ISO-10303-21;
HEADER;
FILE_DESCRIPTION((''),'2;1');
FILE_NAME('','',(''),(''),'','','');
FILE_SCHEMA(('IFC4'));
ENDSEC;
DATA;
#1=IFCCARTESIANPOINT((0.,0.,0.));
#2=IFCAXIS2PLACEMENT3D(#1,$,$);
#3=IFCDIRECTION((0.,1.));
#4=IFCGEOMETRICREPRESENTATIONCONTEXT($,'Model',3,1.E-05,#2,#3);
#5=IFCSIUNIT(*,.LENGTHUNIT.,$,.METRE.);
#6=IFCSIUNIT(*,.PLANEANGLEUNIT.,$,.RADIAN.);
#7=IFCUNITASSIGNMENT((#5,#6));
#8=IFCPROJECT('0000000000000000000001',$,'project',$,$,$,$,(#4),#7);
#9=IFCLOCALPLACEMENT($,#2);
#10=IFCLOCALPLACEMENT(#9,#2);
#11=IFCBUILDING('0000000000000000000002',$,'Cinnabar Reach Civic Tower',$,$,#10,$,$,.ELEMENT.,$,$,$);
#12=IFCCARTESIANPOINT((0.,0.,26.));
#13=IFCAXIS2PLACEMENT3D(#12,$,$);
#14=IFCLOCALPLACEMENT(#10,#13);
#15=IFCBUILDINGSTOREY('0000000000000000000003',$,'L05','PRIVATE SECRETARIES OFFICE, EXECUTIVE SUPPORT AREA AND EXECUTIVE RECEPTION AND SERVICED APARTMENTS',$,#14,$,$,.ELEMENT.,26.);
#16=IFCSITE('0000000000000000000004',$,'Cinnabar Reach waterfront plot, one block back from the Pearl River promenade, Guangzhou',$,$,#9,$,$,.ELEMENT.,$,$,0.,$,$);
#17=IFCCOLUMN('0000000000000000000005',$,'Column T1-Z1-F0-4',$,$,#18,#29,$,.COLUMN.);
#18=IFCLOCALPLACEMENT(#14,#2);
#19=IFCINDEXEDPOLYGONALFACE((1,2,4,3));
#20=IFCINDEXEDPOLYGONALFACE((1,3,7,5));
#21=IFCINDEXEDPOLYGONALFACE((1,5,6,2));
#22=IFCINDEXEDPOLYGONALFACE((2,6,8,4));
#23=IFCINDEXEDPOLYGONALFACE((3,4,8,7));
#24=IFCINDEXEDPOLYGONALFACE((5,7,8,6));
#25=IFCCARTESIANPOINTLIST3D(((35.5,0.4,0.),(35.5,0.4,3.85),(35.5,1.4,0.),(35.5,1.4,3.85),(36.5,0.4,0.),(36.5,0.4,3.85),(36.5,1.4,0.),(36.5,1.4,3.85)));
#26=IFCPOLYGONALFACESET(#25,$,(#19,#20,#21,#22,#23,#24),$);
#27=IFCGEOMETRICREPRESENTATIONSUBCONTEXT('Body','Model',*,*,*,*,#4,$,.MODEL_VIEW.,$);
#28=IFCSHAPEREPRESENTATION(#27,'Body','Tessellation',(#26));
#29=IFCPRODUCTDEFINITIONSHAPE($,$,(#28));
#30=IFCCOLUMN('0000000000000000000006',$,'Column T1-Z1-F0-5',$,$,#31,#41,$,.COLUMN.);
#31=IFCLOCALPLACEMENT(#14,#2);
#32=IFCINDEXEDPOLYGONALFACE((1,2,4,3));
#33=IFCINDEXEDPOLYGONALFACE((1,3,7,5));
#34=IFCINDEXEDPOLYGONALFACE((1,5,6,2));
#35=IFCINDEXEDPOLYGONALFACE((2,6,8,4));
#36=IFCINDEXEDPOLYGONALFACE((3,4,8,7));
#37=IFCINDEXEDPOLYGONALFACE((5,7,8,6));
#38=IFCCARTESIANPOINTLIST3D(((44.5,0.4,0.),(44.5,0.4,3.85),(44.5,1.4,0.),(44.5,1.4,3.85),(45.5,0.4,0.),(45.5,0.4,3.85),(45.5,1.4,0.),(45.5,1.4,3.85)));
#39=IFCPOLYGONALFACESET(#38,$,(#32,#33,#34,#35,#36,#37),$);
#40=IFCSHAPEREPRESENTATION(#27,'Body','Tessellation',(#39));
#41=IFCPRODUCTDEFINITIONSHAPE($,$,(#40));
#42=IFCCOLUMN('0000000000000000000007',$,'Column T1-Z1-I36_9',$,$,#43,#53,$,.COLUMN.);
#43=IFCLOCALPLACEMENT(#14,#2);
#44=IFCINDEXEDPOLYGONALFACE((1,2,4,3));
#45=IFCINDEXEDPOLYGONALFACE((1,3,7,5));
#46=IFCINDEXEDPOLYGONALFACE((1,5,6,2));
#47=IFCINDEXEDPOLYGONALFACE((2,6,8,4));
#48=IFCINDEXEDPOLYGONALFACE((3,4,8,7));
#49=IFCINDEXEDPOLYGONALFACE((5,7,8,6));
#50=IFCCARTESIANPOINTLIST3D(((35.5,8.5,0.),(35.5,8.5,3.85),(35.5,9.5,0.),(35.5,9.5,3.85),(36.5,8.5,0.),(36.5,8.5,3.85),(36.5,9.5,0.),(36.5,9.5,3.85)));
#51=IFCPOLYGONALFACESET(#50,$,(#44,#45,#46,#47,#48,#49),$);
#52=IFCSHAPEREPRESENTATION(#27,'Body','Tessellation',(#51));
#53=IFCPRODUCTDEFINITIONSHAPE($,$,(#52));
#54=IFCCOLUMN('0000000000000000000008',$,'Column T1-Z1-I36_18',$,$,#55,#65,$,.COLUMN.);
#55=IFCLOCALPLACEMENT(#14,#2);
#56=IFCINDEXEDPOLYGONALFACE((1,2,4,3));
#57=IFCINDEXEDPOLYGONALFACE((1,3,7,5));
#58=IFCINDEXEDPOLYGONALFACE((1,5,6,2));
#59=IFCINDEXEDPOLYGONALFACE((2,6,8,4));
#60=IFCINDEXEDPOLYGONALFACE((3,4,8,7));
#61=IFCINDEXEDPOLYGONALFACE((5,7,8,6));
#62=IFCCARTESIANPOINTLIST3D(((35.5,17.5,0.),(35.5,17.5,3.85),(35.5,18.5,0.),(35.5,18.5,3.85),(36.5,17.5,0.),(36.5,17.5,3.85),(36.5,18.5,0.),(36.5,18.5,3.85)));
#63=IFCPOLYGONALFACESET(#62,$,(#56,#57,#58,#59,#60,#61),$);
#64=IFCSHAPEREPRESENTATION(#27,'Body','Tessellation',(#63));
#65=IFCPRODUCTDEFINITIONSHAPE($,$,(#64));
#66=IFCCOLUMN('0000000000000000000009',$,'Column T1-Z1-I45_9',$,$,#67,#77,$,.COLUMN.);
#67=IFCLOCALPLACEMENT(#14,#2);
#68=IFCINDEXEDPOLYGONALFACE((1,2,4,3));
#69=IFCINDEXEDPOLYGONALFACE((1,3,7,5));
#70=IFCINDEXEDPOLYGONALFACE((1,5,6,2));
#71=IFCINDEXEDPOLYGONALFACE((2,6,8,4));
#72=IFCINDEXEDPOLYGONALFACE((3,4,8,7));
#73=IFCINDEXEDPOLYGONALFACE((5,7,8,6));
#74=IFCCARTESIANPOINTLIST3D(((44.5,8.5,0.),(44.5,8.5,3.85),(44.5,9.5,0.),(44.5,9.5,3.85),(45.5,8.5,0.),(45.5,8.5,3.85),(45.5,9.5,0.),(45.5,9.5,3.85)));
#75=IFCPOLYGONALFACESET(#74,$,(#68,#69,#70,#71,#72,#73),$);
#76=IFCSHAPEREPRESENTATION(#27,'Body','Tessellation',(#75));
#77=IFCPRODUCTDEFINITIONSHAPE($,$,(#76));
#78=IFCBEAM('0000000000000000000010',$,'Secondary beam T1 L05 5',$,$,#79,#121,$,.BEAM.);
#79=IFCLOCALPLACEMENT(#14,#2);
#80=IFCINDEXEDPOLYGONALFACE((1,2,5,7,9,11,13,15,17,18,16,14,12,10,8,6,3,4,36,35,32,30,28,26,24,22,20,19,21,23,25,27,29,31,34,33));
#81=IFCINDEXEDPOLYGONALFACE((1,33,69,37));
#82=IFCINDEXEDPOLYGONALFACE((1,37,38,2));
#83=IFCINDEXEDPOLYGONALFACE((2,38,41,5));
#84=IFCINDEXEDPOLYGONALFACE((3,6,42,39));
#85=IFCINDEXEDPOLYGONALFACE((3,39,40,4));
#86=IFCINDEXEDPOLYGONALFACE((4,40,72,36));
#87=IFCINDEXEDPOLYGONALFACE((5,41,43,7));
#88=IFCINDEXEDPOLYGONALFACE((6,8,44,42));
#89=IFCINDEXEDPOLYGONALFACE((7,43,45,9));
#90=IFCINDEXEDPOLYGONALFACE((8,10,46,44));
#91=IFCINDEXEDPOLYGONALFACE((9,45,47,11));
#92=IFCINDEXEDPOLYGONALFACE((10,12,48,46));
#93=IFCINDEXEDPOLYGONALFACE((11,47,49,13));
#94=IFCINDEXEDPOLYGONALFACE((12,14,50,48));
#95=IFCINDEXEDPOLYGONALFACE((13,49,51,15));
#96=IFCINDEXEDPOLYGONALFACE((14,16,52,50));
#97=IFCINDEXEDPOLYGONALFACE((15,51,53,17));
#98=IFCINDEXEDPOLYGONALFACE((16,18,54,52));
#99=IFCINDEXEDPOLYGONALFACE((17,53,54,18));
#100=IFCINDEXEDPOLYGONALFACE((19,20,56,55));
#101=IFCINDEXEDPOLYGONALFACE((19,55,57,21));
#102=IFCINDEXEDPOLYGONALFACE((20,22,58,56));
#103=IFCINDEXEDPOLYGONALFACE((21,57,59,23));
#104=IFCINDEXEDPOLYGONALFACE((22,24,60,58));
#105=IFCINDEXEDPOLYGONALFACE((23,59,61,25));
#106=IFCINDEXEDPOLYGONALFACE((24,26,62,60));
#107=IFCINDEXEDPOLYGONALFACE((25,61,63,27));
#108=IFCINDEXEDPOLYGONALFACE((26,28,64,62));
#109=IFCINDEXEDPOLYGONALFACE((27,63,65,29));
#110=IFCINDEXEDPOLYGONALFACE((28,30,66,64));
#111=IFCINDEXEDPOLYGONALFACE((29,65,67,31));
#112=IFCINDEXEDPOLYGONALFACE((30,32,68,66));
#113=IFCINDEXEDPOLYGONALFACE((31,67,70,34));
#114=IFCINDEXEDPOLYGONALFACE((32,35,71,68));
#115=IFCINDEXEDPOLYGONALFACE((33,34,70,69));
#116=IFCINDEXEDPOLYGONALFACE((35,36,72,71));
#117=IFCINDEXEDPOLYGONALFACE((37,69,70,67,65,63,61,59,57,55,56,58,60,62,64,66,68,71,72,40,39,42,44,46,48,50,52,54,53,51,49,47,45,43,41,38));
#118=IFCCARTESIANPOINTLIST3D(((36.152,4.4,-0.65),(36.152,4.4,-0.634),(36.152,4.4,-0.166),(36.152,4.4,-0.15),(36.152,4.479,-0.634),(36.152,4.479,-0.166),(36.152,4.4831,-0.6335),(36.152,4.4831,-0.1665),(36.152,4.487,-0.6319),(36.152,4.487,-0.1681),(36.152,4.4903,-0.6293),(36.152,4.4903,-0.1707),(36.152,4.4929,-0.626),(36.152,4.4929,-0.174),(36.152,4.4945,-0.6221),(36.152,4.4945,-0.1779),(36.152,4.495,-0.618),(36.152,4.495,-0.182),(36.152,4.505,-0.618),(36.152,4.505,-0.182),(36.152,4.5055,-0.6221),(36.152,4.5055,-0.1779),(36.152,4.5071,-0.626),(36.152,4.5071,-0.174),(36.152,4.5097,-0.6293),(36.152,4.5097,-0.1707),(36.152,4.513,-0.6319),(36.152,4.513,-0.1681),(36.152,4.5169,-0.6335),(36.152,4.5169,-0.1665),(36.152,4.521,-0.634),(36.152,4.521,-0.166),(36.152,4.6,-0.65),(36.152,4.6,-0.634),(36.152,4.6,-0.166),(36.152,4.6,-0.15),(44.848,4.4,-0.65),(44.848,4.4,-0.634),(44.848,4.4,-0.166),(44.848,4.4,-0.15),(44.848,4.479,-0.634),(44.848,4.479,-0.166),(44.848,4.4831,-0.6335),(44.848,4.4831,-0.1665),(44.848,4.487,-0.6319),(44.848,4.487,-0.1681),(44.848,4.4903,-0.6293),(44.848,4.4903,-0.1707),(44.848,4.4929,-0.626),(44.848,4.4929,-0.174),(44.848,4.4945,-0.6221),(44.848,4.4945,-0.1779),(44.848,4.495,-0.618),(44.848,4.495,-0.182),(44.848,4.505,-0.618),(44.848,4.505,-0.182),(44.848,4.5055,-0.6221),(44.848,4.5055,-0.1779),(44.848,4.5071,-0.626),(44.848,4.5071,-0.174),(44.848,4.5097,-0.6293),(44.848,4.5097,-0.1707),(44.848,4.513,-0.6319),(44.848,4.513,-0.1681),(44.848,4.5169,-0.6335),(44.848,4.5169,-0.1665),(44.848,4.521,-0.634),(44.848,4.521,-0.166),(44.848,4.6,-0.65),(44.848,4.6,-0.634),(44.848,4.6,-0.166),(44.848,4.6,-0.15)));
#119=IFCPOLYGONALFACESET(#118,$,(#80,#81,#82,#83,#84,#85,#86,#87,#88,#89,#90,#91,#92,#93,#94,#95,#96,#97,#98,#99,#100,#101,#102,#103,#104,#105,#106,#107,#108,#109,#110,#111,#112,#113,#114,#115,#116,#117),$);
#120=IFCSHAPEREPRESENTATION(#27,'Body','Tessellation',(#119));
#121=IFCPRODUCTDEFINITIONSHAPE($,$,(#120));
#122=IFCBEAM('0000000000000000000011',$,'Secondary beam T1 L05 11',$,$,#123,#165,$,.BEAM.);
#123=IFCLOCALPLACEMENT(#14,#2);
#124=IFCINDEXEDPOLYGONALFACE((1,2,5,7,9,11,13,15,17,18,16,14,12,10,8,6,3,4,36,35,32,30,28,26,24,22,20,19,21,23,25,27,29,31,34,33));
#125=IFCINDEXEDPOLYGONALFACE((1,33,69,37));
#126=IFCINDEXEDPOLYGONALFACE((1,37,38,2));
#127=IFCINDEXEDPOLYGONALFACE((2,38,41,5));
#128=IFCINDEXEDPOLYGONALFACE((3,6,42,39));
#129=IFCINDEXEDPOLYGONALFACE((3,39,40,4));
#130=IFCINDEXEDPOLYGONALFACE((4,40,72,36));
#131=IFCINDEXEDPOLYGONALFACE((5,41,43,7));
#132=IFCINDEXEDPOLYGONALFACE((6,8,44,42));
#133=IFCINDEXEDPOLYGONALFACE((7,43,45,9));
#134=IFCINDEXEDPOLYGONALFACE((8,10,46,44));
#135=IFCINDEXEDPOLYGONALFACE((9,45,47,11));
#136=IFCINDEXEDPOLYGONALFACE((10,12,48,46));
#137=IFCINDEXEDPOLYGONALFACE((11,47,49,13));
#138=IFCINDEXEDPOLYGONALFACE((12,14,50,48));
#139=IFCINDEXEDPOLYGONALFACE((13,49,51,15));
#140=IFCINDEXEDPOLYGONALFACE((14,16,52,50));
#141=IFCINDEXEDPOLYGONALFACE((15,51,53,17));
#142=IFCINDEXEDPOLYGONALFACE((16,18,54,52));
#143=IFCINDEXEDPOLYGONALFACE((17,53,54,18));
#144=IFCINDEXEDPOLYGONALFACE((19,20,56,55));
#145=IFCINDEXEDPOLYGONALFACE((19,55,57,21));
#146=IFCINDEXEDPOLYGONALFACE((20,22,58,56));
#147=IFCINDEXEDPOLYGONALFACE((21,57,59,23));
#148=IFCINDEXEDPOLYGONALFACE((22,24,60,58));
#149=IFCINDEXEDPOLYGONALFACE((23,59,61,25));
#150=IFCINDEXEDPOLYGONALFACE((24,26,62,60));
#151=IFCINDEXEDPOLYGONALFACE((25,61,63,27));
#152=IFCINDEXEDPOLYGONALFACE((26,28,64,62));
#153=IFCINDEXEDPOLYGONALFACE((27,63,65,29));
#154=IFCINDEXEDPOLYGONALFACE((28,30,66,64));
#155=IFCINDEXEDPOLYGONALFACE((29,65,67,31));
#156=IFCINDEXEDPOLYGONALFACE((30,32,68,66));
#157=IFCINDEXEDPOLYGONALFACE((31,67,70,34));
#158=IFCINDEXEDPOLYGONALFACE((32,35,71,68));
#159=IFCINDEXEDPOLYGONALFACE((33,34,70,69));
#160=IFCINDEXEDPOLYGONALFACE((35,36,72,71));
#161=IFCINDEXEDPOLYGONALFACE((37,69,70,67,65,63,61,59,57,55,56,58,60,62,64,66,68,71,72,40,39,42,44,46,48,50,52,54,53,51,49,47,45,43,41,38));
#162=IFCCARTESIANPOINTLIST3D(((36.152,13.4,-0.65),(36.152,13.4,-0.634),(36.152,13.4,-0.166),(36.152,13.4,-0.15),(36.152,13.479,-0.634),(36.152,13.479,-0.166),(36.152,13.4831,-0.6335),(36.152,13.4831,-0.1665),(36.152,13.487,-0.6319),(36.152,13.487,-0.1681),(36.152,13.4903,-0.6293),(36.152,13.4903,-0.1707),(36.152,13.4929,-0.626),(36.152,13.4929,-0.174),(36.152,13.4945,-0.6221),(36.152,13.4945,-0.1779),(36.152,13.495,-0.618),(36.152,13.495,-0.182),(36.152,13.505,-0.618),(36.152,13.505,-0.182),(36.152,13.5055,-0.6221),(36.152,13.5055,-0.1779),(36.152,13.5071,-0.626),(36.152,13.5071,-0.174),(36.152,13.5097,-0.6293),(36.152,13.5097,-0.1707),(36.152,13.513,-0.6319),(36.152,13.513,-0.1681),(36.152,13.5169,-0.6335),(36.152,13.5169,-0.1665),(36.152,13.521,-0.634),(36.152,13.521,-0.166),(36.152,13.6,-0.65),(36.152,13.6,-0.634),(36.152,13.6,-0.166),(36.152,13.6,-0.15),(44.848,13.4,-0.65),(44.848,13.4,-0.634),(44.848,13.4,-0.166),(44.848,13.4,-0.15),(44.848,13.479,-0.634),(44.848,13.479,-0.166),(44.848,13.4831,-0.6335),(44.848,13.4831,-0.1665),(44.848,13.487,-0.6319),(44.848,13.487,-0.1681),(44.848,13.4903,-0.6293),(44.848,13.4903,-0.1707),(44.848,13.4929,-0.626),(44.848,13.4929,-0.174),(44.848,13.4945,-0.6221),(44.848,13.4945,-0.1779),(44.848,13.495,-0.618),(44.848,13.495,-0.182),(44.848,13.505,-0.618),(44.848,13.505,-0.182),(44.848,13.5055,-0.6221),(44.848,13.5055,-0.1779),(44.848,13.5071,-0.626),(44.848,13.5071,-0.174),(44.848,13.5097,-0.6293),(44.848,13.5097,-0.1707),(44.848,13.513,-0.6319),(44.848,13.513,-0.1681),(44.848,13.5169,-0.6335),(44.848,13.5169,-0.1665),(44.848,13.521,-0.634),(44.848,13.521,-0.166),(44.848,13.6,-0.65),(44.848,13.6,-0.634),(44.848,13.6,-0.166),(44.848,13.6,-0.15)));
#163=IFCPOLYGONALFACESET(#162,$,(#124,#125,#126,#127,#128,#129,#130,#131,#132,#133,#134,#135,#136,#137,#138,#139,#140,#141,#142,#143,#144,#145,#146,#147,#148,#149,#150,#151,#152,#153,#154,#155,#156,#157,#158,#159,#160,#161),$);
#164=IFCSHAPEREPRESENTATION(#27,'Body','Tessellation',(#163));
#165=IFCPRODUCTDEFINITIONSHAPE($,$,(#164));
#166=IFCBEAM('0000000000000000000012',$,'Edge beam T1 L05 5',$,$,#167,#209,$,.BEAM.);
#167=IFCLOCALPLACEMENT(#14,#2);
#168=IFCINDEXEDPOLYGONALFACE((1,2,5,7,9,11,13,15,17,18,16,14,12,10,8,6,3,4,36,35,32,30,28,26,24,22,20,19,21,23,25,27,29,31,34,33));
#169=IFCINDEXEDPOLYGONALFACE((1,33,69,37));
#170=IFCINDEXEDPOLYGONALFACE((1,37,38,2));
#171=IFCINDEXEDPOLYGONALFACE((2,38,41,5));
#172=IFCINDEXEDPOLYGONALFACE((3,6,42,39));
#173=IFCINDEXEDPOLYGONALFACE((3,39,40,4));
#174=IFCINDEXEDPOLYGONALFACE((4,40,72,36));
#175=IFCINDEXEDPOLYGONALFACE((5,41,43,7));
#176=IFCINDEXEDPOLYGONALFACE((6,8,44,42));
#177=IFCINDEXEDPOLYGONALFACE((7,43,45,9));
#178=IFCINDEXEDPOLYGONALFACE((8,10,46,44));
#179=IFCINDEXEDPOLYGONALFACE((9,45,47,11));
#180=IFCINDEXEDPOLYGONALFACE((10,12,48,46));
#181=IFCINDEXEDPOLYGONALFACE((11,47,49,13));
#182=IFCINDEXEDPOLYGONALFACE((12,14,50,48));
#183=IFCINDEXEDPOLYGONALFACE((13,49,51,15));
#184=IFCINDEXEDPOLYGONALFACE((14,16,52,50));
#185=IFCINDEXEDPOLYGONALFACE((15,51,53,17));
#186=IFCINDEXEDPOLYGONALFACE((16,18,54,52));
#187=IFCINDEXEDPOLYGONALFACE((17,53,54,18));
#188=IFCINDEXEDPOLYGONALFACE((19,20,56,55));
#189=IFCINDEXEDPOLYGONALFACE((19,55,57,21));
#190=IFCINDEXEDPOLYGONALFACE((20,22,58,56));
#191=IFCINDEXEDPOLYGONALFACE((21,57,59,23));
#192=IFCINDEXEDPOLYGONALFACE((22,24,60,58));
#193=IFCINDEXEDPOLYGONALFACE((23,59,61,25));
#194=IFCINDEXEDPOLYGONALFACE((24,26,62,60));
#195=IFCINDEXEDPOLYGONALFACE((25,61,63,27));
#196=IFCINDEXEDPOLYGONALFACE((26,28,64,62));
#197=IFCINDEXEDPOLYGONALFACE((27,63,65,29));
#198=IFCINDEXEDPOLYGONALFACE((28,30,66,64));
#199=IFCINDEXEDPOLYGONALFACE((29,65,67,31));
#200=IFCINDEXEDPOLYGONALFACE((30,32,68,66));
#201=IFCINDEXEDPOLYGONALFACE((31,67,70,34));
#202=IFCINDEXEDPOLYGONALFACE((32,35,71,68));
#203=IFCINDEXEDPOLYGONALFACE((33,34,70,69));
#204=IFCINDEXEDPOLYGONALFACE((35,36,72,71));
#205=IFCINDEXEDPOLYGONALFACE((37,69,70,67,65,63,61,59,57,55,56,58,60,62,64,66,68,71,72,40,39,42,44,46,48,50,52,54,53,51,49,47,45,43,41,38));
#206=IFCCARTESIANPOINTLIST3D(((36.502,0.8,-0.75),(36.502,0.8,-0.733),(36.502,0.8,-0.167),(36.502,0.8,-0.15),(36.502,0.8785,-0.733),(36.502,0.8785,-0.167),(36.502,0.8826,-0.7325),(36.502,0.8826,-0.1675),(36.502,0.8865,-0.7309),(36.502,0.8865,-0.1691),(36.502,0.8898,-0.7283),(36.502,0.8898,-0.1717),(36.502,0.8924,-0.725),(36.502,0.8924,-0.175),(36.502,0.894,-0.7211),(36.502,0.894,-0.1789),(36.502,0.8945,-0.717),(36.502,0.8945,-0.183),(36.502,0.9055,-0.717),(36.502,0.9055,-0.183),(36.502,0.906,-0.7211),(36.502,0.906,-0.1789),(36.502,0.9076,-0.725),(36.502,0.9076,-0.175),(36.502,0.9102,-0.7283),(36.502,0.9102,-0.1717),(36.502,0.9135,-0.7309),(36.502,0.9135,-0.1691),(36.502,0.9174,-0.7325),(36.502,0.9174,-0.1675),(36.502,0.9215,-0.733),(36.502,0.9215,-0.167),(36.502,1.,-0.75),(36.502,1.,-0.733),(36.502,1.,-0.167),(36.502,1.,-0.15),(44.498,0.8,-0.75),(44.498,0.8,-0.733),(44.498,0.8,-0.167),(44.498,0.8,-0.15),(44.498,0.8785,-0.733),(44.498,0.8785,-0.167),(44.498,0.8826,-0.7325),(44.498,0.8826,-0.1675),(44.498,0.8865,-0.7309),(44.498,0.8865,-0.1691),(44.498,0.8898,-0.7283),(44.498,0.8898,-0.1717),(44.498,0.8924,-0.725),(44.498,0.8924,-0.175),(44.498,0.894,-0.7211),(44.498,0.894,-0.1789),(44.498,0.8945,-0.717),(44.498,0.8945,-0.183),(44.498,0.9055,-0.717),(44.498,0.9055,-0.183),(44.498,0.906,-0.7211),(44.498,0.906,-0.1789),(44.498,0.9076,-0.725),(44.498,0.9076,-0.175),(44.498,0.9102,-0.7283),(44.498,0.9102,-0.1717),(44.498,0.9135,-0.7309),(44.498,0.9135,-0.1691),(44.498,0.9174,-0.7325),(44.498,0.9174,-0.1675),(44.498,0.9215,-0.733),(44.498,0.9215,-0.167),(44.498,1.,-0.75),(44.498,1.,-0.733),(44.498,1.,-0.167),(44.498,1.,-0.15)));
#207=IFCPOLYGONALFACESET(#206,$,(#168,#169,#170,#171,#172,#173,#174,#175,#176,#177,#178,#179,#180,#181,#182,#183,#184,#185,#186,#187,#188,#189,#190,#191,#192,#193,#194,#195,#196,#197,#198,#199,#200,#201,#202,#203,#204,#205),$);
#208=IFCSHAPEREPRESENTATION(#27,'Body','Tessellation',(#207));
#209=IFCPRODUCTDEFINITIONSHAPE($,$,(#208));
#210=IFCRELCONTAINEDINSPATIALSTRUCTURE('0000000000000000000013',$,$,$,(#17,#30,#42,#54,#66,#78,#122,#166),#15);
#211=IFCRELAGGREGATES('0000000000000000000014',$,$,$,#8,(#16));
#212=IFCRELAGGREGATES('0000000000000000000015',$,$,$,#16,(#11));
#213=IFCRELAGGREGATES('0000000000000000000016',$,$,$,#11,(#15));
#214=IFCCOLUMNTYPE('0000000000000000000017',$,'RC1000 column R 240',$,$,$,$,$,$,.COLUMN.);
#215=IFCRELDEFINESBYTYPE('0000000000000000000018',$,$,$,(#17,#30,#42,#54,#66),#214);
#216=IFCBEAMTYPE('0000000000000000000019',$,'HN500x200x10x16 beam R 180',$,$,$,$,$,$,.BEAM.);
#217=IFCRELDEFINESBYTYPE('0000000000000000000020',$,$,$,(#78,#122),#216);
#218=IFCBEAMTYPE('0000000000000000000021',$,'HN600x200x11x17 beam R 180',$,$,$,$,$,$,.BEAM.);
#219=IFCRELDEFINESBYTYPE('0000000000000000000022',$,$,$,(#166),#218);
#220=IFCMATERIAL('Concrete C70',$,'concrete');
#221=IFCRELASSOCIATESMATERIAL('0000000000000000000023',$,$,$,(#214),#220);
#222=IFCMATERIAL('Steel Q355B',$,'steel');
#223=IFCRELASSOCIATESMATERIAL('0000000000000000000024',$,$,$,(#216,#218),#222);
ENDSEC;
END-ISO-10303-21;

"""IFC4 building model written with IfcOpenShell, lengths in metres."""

from ifc_helpers import new_model, si_unit, direction, frame, origin, origin_2d, place, context, subcontext, project, spatial, rectangle, i_section, extrude, material, material_profile, profile_set, type_object, element, save


model = new_model("IFC4")

# Units and contexts
model_context = context("Model", 3, precision=1e-05, world=origin(), true_north=direction((0.0, 1.0)))
body_context = subcontext(model_context, "Body", "Model", "MODEL_VIEW")
ifc_project = project(units=[si_unit("LENGTHUNIT", "METRE"), si_unit("PLANEANGLEUNIT", "RADIAN")], contexts=[model_context])

# Site, building, storey
site_placement = place(None, origin())
site = spatial("IfcSite", under=ifc_project, at=site_placement, Name="Cinnabar Reach waterfront plot, one block back from the Pearl River promenade, Guangzhou", CompositionType="ELEMENT", RefElevation=0.0)
building_placement = place(site_placement, origin())
building = spatial("IfcBuilding", under=site, at=building_placement, Name="Cinnabar Reach Civic Tower", CompositionType="ELEMENT")
storey_placement = place(building_placement, frame((0.0, 0.0, 26.0)))
storey = spatial("IfcBuildingStorey", under=building, at=storey_placement, Name="L05", Description="PRIVATE SECRETARIES OFFICE, EXECUTIVE SUPPORT AREA AND EXECUTIVE RECEPTION AND SERVICED APARTMENTS", CompositionType="ELEMENT", Elevation=26.0)

# Columns
ifc_material_1 = material(Name="Concrete C70", Category="concrete")
ifc_material_profile_1 = material_profile(ifc_material_1, rectangle(XDim=1.0, YDim=1.0, at=origin_2d()), Name="RC1000")
ifc_profile_set_1 = profile_set([ifc_material_profile_1], Name="Concrete C70")
column_type = type_object("IfcColumnType", Name="RC1000 column R 240", PredefinedType="COLUMN", material=ifc_profile_set_1)
for number, where, z_axis, x_axis, name in (
    (1, (36.0, 0.9, 0.0), (0.0, 0.0, 1.0), (1.0, 0.0, 0.0), "Column T1-Z1-F0-4"),
    (2, (45.0, 0.9, 0.0), (0.0, 0.0, 1.0), (1.0, 0.0, 0.0), "Column T1-Z1-F0-5"),
    (3, (36.0, 9.0, 0.0), (0.0, 0.0, 1.0), (1.0, 0.0, 0.0), "Column T1-Z1-I36_9"),
    (4, (36.0, 18.0, 0.0), (0.0, 0.0, 1.0), (1.0, 0.0, 0.0), "Column T1-Z1-I36_18"),
    (5, (45.0, 9.0, 0.0), (0.0, 0.0, 1.0), (1.0, 0.0, 0.0), "Column T1-Z1-I45_9"),
):
    element("IfcColumn", number, at=place(storey_placement, frame(where, z_axis=z_axis, x_axis=x_axis)), inside=storey, type_object=column_type, Name=name, PredefinedType="COLUMN", context=body_context, shape_type="SweptSolid", body=[
        extrude(rectangle(XDim=1.0, YDim=1.0, at=origin_2d()), origin(), (0.0, 0.0, 1.0), 3.85),
    ])

# Beams
ifc_material_2 = material(Name="Steel Q355B", Category="steel")
ifc_material_profile_2 = material_profile(ifc_material_2, i_section(OverallWidth=0.2, OverallDepth=0.5, WebThickness=0.01, FlangeThickness=0.016, FilletRadius=0.016, at=origin_2d()), Name="HN500x200x10x16")
ifc_profile_set_2 = profile_set([ifc_material_profile_2], Name="Steel Q355B")
beam_type_1 = type_object("IfcBeamType", Name="HN500x200x10x16 beam R 180", PredefinedType="BEAM", material=ifc_profile_set_2)
for number, where, z_axis, x_axis, name in (
    (6, (36.152, 4.5, -0.4), (1.0, 0.0, 0.0), (0.0, 1.0, 0.0), "Secondary beam T1 L05 5"),
    (7, (36.152, 13.5, -0.4), (1.0, 0.0, 0.0), (0.0, 1.0, 0.0), "Secondary beam T1 L05 11"),
):
    element("IfcBeam", number, at=place(storey_placement, frame(where, z_axis=z_axis, x_axis=x_axis)), inside=storey, type_object=beam_type_1, Name=name, PredefinedType="BEAM", context=body_context, shape_type="SweptSolid", body=[
        extrude(i_section(OverallWidth=0.2, OverallDepth=0.5, WebThickness=0.01, FlangeThickness=0.016, FilletRadius=0.016, at=origin_2d()), origin(), (0.0, 0.0, 1.0), 8.696),
    ])
ifc_material_profile_3 = material_profile(ifc_material_2, i_section(OverallWidth=0.2, OverallDepth=0.6, WebThickness=0.011, FlangeThickness=0.017, FilletRadius=0.016, at=origin_2d()), Name="HN600x200x11x17")
ifc_profile_set_3 = profile_set([ifc_material_profile_3], Name="Steel Q355B")
beam_type_2 = type_object("IfcBeamType", Name="HN600x200x11x17 beam R 180", PredefinedType="BEAM", material=ifc_profile_set_3)
beam_1_placement = place(storey_placement, frame((36.502, 0.9, -0.45), z_axis=(1.0, 0.0, 0.0), x_axis=(0.0, 1.0, 0.0)))
element("IfcBeam", 8, at=beam_1_placement, inside=storey, type_object=beam_type_2, Name="Edge beam T1 L05 5", PredefinedType="BEAM", context=body_context, shape_type="SweptSolid", body=[
    extrude(i_section(OverallWidth=0.2, OverallDepth=0.6, WebThickness=0.011, FlangeThickness=0.017, FilletRadius=0.016, at=origin_2d()), origin(), (0.0, 0.0, 1.0), 7.996),
])

save(model, "model.ifc")
